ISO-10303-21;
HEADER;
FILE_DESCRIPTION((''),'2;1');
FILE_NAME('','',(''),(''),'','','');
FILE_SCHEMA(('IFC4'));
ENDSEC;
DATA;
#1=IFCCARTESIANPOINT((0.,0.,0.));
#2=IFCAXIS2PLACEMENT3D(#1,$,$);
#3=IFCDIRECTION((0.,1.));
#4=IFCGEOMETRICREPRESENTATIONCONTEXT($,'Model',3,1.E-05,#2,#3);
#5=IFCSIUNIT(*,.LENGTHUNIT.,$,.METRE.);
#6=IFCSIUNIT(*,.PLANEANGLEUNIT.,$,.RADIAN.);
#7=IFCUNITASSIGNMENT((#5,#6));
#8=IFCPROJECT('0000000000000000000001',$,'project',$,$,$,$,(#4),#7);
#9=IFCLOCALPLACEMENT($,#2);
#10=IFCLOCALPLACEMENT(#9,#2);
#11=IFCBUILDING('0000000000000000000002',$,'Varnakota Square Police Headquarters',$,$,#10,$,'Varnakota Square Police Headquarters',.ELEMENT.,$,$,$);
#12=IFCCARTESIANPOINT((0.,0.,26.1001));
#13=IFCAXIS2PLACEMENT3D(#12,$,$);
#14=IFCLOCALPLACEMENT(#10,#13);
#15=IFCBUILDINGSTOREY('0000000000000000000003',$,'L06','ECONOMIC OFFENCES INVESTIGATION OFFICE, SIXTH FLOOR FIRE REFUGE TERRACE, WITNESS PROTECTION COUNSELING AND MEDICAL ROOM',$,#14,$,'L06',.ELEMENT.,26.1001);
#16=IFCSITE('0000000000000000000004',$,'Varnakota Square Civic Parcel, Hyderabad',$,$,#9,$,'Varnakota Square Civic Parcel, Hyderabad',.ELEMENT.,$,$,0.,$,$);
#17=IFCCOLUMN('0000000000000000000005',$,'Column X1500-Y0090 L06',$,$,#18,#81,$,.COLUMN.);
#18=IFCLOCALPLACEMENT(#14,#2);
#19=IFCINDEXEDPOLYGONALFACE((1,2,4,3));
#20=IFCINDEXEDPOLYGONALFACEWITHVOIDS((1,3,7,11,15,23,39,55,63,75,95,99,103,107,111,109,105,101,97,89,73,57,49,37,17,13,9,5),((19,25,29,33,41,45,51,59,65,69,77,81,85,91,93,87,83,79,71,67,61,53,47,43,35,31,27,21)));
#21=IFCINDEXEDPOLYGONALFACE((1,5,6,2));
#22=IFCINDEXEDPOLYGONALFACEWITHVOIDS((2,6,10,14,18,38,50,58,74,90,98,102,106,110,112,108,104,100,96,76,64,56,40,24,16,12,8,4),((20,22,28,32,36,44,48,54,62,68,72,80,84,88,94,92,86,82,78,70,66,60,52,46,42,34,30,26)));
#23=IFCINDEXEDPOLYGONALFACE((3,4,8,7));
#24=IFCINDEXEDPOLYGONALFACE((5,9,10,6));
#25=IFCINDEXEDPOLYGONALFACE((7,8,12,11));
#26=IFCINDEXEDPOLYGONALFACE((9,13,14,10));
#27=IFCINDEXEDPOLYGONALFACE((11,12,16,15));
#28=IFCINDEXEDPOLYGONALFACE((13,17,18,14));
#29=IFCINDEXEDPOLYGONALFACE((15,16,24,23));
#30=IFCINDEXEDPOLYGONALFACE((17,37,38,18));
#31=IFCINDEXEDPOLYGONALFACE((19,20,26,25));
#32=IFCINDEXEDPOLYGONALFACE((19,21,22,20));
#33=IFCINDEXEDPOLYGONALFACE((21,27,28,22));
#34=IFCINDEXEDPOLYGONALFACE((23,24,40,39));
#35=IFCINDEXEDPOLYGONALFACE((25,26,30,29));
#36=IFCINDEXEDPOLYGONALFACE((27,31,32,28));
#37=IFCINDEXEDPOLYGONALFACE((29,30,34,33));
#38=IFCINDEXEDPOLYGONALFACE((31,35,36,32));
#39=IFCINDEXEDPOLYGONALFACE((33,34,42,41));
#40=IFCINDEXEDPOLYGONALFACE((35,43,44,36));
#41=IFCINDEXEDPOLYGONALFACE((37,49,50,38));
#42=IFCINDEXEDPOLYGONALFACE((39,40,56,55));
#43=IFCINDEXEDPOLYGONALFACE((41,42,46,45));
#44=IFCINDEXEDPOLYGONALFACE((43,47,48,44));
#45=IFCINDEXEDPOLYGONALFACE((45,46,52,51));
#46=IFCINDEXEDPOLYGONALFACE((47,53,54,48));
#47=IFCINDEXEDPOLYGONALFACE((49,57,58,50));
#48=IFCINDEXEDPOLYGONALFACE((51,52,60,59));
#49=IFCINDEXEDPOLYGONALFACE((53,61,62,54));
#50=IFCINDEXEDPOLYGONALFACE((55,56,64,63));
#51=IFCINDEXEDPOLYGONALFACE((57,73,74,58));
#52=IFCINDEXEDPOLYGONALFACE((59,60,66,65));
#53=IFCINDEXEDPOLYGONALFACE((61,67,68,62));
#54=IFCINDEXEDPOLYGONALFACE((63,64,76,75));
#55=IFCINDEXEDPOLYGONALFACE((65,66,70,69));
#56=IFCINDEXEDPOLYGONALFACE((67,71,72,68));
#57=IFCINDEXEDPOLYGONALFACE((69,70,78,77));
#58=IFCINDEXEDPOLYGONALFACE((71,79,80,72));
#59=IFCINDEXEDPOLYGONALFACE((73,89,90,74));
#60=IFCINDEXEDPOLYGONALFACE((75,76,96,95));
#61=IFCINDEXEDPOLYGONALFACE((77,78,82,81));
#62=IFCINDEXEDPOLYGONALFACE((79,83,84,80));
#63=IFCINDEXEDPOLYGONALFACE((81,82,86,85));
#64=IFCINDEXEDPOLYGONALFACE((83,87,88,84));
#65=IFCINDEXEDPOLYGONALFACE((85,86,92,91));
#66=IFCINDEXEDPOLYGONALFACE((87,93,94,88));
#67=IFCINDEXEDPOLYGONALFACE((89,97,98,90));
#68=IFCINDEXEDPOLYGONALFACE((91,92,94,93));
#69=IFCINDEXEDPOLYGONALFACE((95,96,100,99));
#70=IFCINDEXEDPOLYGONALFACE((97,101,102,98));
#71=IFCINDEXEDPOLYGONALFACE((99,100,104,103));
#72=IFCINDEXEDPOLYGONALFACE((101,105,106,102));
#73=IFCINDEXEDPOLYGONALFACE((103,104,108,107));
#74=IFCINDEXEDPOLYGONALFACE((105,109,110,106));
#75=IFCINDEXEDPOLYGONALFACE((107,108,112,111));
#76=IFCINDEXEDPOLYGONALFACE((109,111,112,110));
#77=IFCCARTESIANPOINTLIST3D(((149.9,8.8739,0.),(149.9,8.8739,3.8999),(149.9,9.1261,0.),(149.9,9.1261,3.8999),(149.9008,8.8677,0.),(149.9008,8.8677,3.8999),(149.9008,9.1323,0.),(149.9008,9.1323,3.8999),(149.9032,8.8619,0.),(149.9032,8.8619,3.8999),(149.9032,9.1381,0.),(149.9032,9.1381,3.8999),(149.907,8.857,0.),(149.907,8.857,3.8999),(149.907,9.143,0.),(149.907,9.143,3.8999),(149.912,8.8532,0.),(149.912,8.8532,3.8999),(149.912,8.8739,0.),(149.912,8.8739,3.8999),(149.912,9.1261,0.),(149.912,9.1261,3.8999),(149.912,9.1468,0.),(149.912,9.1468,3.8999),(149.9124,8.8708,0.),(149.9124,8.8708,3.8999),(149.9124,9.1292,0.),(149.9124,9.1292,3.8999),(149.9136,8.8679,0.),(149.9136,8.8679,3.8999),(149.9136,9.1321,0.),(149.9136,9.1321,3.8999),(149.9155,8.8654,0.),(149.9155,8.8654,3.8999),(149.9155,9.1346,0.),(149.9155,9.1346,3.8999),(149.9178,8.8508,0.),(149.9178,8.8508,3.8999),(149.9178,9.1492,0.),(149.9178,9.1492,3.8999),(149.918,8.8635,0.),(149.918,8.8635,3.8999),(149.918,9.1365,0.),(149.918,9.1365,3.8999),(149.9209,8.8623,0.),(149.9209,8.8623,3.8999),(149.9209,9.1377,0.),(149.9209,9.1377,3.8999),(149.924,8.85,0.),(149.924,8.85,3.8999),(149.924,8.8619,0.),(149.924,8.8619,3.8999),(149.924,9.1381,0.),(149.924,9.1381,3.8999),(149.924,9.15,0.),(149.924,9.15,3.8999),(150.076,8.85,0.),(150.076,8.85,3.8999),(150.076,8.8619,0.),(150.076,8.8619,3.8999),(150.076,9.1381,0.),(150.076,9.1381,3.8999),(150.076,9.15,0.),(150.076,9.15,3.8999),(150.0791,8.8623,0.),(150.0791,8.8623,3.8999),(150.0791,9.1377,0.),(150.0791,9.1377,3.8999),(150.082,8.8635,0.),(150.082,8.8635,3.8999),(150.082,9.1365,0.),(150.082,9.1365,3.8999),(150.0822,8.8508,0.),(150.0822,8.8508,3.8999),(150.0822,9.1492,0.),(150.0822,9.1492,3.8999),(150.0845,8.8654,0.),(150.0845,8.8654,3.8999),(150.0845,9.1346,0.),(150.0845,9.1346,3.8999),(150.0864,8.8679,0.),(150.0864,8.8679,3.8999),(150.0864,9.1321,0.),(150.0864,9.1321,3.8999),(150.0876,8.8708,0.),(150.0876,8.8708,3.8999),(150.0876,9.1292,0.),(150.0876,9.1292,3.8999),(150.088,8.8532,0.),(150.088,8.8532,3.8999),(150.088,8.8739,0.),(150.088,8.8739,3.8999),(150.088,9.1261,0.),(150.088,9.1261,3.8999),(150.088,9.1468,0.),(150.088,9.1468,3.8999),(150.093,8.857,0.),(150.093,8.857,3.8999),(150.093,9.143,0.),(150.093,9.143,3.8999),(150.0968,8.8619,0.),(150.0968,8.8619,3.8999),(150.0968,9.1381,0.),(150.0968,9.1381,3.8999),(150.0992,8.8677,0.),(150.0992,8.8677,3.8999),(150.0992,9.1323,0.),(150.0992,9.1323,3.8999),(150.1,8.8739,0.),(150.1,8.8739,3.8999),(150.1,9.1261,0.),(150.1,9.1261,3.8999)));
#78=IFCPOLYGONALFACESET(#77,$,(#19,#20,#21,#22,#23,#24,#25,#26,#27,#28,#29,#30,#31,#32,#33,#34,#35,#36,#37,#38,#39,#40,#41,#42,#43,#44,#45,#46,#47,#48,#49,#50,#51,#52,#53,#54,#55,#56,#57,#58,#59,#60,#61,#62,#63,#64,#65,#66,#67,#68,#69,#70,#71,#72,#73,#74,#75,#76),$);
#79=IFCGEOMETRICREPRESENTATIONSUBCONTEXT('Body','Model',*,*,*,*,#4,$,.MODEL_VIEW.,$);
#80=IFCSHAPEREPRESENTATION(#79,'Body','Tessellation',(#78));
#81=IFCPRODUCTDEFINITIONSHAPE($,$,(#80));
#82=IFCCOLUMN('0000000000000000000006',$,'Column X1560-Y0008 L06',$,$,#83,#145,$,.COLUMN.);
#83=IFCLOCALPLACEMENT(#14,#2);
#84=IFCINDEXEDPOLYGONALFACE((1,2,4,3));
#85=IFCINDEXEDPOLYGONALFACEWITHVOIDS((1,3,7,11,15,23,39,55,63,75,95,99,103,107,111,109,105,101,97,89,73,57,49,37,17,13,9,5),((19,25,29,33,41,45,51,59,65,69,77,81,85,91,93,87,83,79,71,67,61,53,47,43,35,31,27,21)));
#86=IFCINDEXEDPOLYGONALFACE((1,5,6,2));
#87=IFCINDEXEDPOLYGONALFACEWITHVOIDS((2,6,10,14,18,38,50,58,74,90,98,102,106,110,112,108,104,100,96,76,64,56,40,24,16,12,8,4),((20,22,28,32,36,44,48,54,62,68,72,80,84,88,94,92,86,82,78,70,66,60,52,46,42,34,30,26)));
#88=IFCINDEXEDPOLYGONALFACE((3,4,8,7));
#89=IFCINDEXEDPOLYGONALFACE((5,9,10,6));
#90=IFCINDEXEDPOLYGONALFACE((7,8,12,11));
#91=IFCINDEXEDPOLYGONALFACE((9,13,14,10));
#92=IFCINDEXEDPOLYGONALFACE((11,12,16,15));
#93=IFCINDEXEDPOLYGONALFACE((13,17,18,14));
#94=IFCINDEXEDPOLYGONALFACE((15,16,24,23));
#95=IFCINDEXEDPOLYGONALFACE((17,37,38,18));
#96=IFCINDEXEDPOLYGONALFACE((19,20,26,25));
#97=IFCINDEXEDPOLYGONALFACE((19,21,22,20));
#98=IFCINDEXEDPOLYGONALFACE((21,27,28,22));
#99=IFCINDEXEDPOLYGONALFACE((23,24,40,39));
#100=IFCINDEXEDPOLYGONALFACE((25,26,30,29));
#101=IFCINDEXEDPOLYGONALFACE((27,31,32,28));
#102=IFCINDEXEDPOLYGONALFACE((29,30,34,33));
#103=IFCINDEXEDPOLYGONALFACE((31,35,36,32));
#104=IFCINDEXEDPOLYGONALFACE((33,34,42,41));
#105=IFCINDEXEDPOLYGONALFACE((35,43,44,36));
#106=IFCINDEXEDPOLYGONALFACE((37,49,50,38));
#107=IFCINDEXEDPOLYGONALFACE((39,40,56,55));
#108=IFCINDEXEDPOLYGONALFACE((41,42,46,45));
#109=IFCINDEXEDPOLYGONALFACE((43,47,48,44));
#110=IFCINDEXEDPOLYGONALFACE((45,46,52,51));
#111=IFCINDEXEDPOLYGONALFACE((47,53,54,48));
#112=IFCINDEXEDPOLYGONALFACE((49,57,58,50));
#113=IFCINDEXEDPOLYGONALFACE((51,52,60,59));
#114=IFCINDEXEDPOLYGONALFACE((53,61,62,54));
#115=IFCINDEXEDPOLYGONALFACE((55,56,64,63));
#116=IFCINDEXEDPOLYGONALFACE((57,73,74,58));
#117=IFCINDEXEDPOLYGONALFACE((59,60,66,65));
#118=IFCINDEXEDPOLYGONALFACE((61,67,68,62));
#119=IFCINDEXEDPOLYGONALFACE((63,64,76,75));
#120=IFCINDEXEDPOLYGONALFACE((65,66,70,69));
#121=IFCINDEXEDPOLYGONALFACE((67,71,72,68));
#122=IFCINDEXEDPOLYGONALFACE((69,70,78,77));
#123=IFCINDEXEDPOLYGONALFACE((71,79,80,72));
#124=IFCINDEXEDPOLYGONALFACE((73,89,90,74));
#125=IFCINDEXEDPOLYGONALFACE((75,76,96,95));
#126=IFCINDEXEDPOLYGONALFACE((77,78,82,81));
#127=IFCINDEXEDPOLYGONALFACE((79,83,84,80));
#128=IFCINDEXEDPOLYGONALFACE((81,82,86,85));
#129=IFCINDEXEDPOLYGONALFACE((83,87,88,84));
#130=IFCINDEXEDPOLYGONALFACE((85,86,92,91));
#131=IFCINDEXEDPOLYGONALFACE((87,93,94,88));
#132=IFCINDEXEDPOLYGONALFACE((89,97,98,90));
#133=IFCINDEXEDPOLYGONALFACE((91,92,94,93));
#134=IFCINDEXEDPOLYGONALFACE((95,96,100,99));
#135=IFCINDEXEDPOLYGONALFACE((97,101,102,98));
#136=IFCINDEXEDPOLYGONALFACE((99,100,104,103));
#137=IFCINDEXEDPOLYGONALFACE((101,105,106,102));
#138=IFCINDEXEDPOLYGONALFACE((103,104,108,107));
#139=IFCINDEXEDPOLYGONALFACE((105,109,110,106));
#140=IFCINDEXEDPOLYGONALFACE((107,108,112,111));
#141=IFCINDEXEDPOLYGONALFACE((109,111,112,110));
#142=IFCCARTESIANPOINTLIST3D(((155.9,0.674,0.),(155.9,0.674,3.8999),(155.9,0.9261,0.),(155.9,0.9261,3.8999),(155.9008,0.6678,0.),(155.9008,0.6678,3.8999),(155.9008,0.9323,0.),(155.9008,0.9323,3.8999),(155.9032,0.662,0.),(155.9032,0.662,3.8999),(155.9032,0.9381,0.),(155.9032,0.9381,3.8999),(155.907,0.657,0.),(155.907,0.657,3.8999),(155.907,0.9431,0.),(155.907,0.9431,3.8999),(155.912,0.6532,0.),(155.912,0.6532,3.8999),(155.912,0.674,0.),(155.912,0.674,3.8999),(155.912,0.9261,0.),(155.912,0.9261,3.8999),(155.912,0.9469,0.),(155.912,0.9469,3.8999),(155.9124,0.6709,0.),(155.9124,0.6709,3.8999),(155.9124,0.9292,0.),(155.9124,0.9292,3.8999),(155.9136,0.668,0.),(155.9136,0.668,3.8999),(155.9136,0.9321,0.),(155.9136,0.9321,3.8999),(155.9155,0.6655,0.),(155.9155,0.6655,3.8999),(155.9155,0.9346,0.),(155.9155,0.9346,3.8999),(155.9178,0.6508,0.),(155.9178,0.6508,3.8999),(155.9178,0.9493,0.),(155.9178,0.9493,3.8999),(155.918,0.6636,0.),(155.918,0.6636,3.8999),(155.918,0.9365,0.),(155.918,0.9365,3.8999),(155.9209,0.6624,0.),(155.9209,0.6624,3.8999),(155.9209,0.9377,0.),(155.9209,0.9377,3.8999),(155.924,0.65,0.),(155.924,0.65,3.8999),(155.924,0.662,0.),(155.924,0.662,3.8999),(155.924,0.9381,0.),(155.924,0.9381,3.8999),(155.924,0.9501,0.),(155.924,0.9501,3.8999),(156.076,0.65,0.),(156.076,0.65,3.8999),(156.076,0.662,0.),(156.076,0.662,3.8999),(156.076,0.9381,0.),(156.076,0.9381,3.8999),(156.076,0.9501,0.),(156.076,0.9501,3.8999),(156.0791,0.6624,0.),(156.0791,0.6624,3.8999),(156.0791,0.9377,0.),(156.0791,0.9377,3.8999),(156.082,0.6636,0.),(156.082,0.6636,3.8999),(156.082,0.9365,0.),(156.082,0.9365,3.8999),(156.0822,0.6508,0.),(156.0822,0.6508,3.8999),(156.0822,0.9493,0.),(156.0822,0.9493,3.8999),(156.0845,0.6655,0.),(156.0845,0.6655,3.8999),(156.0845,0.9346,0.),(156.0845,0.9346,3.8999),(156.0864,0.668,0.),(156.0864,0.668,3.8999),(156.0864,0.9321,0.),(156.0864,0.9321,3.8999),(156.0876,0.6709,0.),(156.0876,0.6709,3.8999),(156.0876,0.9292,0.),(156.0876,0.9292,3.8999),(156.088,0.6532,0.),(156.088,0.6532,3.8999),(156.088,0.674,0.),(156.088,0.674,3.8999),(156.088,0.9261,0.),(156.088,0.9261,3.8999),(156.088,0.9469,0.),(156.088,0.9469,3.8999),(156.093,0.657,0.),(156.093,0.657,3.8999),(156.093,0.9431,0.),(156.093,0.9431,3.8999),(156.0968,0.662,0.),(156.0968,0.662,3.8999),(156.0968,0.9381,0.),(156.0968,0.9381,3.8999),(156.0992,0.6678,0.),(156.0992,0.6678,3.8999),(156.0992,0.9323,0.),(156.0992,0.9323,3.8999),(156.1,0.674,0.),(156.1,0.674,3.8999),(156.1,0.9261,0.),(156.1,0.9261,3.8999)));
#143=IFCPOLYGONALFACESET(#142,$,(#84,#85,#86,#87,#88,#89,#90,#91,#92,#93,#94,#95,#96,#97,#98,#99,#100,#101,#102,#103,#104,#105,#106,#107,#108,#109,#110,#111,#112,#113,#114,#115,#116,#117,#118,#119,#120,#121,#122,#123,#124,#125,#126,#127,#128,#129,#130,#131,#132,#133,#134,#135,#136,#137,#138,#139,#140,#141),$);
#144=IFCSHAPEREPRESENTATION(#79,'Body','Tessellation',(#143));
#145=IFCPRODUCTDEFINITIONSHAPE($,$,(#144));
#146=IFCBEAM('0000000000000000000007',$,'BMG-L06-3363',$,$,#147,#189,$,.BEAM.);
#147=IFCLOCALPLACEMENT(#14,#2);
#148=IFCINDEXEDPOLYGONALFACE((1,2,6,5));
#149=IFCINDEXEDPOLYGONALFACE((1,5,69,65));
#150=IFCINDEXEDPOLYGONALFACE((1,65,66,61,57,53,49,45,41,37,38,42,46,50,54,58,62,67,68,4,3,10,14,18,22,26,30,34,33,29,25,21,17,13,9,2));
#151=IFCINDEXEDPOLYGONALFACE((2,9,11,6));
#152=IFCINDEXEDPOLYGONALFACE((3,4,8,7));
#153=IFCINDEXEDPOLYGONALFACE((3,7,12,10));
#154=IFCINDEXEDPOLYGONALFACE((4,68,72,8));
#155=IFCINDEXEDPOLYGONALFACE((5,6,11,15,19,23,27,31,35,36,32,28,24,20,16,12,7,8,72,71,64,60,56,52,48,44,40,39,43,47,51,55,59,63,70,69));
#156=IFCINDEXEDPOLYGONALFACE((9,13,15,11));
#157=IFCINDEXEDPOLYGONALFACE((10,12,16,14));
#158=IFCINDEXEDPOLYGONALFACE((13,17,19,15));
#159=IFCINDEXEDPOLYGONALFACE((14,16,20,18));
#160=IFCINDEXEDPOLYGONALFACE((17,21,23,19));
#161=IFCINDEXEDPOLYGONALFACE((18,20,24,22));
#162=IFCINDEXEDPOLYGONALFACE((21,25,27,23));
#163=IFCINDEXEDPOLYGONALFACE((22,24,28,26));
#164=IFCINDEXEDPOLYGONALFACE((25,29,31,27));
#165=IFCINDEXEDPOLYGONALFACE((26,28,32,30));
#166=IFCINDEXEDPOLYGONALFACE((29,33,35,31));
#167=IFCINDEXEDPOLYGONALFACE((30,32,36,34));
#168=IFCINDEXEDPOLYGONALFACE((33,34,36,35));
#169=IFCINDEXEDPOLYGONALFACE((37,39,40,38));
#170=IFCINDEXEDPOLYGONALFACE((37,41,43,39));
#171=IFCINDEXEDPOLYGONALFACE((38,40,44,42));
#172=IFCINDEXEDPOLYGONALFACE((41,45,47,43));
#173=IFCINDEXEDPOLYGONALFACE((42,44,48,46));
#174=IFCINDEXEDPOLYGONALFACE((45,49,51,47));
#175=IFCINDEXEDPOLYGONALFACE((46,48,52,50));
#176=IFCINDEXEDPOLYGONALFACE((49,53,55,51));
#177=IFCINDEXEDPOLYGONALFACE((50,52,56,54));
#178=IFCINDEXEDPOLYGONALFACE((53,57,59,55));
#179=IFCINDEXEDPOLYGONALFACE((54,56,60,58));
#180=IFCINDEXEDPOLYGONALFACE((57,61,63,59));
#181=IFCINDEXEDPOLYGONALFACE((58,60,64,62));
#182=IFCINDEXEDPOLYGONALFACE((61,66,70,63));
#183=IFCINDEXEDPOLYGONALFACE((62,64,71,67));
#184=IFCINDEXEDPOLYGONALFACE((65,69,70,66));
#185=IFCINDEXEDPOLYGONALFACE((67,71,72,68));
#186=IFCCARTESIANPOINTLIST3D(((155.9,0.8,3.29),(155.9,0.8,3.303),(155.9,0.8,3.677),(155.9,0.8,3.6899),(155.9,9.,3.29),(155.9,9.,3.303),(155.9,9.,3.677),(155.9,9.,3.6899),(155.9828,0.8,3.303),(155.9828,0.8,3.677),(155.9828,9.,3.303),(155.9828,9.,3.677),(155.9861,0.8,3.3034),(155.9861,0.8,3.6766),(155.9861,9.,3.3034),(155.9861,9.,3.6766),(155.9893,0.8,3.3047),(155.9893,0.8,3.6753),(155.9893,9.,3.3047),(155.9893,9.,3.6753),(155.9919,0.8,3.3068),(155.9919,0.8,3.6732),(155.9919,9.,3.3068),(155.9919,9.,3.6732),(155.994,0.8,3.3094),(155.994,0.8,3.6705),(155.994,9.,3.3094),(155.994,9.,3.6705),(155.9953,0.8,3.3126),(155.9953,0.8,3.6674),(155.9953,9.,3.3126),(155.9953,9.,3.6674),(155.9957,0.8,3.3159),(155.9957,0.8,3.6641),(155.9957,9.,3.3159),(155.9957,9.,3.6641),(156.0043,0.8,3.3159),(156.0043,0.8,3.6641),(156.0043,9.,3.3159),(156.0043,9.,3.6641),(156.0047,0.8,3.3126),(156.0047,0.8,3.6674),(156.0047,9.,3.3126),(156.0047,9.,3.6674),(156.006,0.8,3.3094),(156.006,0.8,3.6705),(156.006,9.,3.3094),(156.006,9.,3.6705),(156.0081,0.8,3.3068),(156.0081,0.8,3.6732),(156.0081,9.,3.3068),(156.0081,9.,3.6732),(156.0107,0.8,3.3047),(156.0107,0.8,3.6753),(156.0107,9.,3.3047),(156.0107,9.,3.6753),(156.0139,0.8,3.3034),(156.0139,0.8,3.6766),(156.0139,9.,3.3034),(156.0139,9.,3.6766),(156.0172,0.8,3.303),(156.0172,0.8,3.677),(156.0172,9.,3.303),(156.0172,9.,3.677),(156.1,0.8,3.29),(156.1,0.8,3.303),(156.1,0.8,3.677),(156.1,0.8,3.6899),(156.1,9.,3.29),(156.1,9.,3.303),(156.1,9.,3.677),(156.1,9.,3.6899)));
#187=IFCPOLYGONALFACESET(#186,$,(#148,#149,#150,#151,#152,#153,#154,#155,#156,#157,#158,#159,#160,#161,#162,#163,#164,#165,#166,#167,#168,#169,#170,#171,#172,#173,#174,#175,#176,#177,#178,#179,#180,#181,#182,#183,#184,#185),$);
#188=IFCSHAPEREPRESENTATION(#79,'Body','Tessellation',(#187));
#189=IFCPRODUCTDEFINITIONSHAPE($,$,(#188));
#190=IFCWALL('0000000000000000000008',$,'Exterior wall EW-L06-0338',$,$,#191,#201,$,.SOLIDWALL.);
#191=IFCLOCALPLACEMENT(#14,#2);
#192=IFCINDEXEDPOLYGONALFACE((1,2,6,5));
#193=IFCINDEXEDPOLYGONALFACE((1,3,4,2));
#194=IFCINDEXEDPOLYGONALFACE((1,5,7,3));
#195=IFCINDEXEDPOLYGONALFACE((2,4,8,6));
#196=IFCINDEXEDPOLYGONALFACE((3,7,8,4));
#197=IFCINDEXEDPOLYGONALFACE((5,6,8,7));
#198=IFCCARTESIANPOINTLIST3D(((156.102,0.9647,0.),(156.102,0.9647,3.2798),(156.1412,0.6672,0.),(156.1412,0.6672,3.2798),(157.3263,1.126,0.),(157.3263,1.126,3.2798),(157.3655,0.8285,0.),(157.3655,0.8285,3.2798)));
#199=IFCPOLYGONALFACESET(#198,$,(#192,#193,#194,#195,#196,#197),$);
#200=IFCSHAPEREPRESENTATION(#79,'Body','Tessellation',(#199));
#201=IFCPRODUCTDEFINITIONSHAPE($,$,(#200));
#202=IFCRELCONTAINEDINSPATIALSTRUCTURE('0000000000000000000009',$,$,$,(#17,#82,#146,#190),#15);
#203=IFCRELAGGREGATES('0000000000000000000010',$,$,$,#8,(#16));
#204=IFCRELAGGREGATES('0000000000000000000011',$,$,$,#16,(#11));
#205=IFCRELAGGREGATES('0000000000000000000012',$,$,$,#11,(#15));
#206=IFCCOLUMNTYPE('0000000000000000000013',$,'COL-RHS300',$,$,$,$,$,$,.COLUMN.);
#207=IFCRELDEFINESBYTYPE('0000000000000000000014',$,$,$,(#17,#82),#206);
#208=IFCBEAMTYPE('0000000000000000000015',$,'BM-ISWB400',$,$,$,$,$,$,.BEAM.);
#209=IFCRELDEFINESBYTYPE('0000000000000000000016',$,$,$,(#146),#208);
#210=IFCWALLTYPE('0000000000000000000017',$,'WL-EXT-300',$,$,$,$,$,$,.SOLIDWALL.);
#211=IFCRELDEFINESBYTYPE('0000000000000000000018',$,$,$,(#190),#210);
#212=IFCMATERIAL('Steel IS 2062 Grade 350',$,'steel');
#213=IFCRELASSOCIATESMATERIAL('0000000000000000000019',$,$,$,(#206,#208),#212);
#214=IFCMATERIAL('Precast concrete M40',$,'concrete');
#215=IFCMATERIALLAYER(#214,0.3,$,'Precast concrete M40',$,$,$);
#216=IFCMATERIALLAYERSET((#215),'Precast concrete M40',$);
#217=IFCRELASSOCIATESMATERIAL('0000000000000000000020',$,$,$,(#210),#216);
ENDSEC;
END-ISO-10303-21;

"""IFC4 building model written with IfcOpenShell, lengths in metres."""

from ifc_helpers import new_model, si_unit, direction, frame, frame_2d, origin, origin_2d, place, context, subcontext, project, spatial, rectangle, hollow_rectangle, i_section, extrude, material, layer, layer_set, material_profile, profile_set, type_object, element, save


model = new_model("IFC4")

# Units and contexts
model_context = context("Model", 3, precision=1e-05, world=origin(), true_north=direction((0.0, 1.0)))
body_context = subcontext(model_context, "Body", "Model", "MODEL_VIEW")
ifc_project = project(units=[si_unit("LENGTHUNIT", "METRE"), si_unit("PLANEANGLEUNIT", "RADIAN")], contexts=[model_context])

# Site, building, storey
site_placement = place(None, origin())
site = spatial("IfcSite", under=ifc_project, at=site_placement, Name="Varnakota Square Civic Parcel, Hyderabad", LongName="Varnakota Square Civic Parcel, Hyderabad", CompositionType="ELEMENT", RefElevation=0.0)
building_placement = place(site_placement, origin())
building = spatial("IfcBuilding", under=site, at=building_placement, Name="Varnakota Square Police Headquarters", LongName="Varnakota Square Police Headquarters", CompositionType="ELEMENT")
storey_placement = place(building_placement, frame((0.0, 0.0, 26.1001)))
storey = spatial("IfcBuildingStorey", under=building, at=storey_placement, Name="L06", Description="ECONOMIC OFFENCES INVESTIGATION OFFICE, SIXTH FLOOR FIRE REFUGE TERRACE, WITNESS PROTECTION COUNSELING AND MEDICAL ROOM", LongName="L06", CompositionType="ELEMENT", Elevation=26.1001)

# Columns
ifc_material_1 = material(Name="Steel IS 2062 Grade 350", Category="steel")
ifc_material_profile_1 = material_profile(ifc_material_1, hollow_rectangle(XDim=0.2, YDim=0.3, WallThickness=0.012, InnerFilletRadius=0.012, OuterFilletRadius=0.0239, at=origin_2d()), Name="RHS 300x200x12")
ifc_profile_set_1 = profile_set([ifc_material_profile_1], Name="Steel IS 2062 Grade 350")
column_type = type_object("IfcColumnType", Name="COL-RHS300", PredefinedType="COLUMN", material=ifc_profile_set_1)
for number, where, z_axis, x_axis, name in (
    (1, (150.0, 9.0, 0.0), (0.0, 0.0, 1.0), (1.0, 0.0, 0.0), "Column X1500-Y0090 L06"),
    (2, (156.0, 0.8, 0.0), (0.0, 0.0, 1.0), (1.0, 0.0, 0.0), "Column X1560-Y0008 L06"),
):
    element("IfcColumn", number, at=place(storey_placement, frame(where, z_axis=z_axis, x_axis=x_axis)), inside=storey, type_object=column_type, Name=name, PredefinedType="COLUMN", context=body_context, shape_type="SweptSolid", body=[
        extrude(hollow_rectangle(XDim=0.2, YDim=0.3, WallThickness=0.012, InnerFilletRadius=0.012, OuterFilletRadius=0.0239, at=origin_2d()), origin(), (0.0, 0.0, 1.0), 3.8999),
    ])

# Beam
ifc_material_profile_2 = material_profile(ifc_material_1, i_section(OverallWidth=0.2, OverallDepth=0.3999, WebThickness=0.0085, FlangeThickness=0.0129, FilletRadius=0.0129, at=origin_2d()), Name="ISWB 400")
ifc_profile_set_2 = profile_set([ifc_material_profile_2], Name="Steel IS 2062 Grade 350")
beam_type = type_object("IfcBeamType", Name="BM-ISWB400", PredefinedType="BEAM", material=ifc_profile_set_2)
beam_placement = place(storey_placement, frame((156.0, 0.8, 3.49), z_axis=(0.0, 1.0, 0.0), x_axis=(-1.0, 0.0, 0.0)))
element("IfcBeam", 3, at=beam_placement, inside=storey, type_object=beam_type, Name="BMG-L06-3363", PredefinedType="BEAM", context=body_context, shape_type="SweptSolid", body=[
    extrude(i_section(OverallWidth=0.2, OverallDepth=0.3999, WebThickness=0.0085, FlangeThickness=0.0129, FilletRadius=0.0129, at=origin_2d()), origin(), (0.0, 0.0, 1.0), 8.2),
])

# Wall
ifc_material_2 = material(Name="Precast concrete M40", Category="concrete")
ifc_layer_1 = layer(ifc_material_2, 0.3, Name="Precast concrete M40")
ifc_layer_set_1 = layer_set([ifc_layer_1], Name="Precast concrete M40")
wall_type_1 = type_object("IfcWallType", Name="WL-EXT-300", PredefinedType="SOLIDWALL", material=ifc_layer_set_1)
wall_1_placement = place(storey_placement, frame((156.1216, 0.8159, 0.0), z_axis=(0.0, 0.0, 1.0), x_axis=(0.991425, 0.130674, 0.0)))
element("IfcWall", 4, at=wall_1_placement, inside=storey, type_object=wall_type_1, Name="Exterior wall EW-L06-0338", PredefinedType="SOLIDWALL", context=body_context, shape_type="SweptSolid", body=[
    extrude(rectangle(XDim=1.2349, YDim=0.3, at=frame_2d((0.6174, 0.0))), origin(), (0.0, 0.0, 1.0), 3.2798),
])

save(model, "model.ifc")
